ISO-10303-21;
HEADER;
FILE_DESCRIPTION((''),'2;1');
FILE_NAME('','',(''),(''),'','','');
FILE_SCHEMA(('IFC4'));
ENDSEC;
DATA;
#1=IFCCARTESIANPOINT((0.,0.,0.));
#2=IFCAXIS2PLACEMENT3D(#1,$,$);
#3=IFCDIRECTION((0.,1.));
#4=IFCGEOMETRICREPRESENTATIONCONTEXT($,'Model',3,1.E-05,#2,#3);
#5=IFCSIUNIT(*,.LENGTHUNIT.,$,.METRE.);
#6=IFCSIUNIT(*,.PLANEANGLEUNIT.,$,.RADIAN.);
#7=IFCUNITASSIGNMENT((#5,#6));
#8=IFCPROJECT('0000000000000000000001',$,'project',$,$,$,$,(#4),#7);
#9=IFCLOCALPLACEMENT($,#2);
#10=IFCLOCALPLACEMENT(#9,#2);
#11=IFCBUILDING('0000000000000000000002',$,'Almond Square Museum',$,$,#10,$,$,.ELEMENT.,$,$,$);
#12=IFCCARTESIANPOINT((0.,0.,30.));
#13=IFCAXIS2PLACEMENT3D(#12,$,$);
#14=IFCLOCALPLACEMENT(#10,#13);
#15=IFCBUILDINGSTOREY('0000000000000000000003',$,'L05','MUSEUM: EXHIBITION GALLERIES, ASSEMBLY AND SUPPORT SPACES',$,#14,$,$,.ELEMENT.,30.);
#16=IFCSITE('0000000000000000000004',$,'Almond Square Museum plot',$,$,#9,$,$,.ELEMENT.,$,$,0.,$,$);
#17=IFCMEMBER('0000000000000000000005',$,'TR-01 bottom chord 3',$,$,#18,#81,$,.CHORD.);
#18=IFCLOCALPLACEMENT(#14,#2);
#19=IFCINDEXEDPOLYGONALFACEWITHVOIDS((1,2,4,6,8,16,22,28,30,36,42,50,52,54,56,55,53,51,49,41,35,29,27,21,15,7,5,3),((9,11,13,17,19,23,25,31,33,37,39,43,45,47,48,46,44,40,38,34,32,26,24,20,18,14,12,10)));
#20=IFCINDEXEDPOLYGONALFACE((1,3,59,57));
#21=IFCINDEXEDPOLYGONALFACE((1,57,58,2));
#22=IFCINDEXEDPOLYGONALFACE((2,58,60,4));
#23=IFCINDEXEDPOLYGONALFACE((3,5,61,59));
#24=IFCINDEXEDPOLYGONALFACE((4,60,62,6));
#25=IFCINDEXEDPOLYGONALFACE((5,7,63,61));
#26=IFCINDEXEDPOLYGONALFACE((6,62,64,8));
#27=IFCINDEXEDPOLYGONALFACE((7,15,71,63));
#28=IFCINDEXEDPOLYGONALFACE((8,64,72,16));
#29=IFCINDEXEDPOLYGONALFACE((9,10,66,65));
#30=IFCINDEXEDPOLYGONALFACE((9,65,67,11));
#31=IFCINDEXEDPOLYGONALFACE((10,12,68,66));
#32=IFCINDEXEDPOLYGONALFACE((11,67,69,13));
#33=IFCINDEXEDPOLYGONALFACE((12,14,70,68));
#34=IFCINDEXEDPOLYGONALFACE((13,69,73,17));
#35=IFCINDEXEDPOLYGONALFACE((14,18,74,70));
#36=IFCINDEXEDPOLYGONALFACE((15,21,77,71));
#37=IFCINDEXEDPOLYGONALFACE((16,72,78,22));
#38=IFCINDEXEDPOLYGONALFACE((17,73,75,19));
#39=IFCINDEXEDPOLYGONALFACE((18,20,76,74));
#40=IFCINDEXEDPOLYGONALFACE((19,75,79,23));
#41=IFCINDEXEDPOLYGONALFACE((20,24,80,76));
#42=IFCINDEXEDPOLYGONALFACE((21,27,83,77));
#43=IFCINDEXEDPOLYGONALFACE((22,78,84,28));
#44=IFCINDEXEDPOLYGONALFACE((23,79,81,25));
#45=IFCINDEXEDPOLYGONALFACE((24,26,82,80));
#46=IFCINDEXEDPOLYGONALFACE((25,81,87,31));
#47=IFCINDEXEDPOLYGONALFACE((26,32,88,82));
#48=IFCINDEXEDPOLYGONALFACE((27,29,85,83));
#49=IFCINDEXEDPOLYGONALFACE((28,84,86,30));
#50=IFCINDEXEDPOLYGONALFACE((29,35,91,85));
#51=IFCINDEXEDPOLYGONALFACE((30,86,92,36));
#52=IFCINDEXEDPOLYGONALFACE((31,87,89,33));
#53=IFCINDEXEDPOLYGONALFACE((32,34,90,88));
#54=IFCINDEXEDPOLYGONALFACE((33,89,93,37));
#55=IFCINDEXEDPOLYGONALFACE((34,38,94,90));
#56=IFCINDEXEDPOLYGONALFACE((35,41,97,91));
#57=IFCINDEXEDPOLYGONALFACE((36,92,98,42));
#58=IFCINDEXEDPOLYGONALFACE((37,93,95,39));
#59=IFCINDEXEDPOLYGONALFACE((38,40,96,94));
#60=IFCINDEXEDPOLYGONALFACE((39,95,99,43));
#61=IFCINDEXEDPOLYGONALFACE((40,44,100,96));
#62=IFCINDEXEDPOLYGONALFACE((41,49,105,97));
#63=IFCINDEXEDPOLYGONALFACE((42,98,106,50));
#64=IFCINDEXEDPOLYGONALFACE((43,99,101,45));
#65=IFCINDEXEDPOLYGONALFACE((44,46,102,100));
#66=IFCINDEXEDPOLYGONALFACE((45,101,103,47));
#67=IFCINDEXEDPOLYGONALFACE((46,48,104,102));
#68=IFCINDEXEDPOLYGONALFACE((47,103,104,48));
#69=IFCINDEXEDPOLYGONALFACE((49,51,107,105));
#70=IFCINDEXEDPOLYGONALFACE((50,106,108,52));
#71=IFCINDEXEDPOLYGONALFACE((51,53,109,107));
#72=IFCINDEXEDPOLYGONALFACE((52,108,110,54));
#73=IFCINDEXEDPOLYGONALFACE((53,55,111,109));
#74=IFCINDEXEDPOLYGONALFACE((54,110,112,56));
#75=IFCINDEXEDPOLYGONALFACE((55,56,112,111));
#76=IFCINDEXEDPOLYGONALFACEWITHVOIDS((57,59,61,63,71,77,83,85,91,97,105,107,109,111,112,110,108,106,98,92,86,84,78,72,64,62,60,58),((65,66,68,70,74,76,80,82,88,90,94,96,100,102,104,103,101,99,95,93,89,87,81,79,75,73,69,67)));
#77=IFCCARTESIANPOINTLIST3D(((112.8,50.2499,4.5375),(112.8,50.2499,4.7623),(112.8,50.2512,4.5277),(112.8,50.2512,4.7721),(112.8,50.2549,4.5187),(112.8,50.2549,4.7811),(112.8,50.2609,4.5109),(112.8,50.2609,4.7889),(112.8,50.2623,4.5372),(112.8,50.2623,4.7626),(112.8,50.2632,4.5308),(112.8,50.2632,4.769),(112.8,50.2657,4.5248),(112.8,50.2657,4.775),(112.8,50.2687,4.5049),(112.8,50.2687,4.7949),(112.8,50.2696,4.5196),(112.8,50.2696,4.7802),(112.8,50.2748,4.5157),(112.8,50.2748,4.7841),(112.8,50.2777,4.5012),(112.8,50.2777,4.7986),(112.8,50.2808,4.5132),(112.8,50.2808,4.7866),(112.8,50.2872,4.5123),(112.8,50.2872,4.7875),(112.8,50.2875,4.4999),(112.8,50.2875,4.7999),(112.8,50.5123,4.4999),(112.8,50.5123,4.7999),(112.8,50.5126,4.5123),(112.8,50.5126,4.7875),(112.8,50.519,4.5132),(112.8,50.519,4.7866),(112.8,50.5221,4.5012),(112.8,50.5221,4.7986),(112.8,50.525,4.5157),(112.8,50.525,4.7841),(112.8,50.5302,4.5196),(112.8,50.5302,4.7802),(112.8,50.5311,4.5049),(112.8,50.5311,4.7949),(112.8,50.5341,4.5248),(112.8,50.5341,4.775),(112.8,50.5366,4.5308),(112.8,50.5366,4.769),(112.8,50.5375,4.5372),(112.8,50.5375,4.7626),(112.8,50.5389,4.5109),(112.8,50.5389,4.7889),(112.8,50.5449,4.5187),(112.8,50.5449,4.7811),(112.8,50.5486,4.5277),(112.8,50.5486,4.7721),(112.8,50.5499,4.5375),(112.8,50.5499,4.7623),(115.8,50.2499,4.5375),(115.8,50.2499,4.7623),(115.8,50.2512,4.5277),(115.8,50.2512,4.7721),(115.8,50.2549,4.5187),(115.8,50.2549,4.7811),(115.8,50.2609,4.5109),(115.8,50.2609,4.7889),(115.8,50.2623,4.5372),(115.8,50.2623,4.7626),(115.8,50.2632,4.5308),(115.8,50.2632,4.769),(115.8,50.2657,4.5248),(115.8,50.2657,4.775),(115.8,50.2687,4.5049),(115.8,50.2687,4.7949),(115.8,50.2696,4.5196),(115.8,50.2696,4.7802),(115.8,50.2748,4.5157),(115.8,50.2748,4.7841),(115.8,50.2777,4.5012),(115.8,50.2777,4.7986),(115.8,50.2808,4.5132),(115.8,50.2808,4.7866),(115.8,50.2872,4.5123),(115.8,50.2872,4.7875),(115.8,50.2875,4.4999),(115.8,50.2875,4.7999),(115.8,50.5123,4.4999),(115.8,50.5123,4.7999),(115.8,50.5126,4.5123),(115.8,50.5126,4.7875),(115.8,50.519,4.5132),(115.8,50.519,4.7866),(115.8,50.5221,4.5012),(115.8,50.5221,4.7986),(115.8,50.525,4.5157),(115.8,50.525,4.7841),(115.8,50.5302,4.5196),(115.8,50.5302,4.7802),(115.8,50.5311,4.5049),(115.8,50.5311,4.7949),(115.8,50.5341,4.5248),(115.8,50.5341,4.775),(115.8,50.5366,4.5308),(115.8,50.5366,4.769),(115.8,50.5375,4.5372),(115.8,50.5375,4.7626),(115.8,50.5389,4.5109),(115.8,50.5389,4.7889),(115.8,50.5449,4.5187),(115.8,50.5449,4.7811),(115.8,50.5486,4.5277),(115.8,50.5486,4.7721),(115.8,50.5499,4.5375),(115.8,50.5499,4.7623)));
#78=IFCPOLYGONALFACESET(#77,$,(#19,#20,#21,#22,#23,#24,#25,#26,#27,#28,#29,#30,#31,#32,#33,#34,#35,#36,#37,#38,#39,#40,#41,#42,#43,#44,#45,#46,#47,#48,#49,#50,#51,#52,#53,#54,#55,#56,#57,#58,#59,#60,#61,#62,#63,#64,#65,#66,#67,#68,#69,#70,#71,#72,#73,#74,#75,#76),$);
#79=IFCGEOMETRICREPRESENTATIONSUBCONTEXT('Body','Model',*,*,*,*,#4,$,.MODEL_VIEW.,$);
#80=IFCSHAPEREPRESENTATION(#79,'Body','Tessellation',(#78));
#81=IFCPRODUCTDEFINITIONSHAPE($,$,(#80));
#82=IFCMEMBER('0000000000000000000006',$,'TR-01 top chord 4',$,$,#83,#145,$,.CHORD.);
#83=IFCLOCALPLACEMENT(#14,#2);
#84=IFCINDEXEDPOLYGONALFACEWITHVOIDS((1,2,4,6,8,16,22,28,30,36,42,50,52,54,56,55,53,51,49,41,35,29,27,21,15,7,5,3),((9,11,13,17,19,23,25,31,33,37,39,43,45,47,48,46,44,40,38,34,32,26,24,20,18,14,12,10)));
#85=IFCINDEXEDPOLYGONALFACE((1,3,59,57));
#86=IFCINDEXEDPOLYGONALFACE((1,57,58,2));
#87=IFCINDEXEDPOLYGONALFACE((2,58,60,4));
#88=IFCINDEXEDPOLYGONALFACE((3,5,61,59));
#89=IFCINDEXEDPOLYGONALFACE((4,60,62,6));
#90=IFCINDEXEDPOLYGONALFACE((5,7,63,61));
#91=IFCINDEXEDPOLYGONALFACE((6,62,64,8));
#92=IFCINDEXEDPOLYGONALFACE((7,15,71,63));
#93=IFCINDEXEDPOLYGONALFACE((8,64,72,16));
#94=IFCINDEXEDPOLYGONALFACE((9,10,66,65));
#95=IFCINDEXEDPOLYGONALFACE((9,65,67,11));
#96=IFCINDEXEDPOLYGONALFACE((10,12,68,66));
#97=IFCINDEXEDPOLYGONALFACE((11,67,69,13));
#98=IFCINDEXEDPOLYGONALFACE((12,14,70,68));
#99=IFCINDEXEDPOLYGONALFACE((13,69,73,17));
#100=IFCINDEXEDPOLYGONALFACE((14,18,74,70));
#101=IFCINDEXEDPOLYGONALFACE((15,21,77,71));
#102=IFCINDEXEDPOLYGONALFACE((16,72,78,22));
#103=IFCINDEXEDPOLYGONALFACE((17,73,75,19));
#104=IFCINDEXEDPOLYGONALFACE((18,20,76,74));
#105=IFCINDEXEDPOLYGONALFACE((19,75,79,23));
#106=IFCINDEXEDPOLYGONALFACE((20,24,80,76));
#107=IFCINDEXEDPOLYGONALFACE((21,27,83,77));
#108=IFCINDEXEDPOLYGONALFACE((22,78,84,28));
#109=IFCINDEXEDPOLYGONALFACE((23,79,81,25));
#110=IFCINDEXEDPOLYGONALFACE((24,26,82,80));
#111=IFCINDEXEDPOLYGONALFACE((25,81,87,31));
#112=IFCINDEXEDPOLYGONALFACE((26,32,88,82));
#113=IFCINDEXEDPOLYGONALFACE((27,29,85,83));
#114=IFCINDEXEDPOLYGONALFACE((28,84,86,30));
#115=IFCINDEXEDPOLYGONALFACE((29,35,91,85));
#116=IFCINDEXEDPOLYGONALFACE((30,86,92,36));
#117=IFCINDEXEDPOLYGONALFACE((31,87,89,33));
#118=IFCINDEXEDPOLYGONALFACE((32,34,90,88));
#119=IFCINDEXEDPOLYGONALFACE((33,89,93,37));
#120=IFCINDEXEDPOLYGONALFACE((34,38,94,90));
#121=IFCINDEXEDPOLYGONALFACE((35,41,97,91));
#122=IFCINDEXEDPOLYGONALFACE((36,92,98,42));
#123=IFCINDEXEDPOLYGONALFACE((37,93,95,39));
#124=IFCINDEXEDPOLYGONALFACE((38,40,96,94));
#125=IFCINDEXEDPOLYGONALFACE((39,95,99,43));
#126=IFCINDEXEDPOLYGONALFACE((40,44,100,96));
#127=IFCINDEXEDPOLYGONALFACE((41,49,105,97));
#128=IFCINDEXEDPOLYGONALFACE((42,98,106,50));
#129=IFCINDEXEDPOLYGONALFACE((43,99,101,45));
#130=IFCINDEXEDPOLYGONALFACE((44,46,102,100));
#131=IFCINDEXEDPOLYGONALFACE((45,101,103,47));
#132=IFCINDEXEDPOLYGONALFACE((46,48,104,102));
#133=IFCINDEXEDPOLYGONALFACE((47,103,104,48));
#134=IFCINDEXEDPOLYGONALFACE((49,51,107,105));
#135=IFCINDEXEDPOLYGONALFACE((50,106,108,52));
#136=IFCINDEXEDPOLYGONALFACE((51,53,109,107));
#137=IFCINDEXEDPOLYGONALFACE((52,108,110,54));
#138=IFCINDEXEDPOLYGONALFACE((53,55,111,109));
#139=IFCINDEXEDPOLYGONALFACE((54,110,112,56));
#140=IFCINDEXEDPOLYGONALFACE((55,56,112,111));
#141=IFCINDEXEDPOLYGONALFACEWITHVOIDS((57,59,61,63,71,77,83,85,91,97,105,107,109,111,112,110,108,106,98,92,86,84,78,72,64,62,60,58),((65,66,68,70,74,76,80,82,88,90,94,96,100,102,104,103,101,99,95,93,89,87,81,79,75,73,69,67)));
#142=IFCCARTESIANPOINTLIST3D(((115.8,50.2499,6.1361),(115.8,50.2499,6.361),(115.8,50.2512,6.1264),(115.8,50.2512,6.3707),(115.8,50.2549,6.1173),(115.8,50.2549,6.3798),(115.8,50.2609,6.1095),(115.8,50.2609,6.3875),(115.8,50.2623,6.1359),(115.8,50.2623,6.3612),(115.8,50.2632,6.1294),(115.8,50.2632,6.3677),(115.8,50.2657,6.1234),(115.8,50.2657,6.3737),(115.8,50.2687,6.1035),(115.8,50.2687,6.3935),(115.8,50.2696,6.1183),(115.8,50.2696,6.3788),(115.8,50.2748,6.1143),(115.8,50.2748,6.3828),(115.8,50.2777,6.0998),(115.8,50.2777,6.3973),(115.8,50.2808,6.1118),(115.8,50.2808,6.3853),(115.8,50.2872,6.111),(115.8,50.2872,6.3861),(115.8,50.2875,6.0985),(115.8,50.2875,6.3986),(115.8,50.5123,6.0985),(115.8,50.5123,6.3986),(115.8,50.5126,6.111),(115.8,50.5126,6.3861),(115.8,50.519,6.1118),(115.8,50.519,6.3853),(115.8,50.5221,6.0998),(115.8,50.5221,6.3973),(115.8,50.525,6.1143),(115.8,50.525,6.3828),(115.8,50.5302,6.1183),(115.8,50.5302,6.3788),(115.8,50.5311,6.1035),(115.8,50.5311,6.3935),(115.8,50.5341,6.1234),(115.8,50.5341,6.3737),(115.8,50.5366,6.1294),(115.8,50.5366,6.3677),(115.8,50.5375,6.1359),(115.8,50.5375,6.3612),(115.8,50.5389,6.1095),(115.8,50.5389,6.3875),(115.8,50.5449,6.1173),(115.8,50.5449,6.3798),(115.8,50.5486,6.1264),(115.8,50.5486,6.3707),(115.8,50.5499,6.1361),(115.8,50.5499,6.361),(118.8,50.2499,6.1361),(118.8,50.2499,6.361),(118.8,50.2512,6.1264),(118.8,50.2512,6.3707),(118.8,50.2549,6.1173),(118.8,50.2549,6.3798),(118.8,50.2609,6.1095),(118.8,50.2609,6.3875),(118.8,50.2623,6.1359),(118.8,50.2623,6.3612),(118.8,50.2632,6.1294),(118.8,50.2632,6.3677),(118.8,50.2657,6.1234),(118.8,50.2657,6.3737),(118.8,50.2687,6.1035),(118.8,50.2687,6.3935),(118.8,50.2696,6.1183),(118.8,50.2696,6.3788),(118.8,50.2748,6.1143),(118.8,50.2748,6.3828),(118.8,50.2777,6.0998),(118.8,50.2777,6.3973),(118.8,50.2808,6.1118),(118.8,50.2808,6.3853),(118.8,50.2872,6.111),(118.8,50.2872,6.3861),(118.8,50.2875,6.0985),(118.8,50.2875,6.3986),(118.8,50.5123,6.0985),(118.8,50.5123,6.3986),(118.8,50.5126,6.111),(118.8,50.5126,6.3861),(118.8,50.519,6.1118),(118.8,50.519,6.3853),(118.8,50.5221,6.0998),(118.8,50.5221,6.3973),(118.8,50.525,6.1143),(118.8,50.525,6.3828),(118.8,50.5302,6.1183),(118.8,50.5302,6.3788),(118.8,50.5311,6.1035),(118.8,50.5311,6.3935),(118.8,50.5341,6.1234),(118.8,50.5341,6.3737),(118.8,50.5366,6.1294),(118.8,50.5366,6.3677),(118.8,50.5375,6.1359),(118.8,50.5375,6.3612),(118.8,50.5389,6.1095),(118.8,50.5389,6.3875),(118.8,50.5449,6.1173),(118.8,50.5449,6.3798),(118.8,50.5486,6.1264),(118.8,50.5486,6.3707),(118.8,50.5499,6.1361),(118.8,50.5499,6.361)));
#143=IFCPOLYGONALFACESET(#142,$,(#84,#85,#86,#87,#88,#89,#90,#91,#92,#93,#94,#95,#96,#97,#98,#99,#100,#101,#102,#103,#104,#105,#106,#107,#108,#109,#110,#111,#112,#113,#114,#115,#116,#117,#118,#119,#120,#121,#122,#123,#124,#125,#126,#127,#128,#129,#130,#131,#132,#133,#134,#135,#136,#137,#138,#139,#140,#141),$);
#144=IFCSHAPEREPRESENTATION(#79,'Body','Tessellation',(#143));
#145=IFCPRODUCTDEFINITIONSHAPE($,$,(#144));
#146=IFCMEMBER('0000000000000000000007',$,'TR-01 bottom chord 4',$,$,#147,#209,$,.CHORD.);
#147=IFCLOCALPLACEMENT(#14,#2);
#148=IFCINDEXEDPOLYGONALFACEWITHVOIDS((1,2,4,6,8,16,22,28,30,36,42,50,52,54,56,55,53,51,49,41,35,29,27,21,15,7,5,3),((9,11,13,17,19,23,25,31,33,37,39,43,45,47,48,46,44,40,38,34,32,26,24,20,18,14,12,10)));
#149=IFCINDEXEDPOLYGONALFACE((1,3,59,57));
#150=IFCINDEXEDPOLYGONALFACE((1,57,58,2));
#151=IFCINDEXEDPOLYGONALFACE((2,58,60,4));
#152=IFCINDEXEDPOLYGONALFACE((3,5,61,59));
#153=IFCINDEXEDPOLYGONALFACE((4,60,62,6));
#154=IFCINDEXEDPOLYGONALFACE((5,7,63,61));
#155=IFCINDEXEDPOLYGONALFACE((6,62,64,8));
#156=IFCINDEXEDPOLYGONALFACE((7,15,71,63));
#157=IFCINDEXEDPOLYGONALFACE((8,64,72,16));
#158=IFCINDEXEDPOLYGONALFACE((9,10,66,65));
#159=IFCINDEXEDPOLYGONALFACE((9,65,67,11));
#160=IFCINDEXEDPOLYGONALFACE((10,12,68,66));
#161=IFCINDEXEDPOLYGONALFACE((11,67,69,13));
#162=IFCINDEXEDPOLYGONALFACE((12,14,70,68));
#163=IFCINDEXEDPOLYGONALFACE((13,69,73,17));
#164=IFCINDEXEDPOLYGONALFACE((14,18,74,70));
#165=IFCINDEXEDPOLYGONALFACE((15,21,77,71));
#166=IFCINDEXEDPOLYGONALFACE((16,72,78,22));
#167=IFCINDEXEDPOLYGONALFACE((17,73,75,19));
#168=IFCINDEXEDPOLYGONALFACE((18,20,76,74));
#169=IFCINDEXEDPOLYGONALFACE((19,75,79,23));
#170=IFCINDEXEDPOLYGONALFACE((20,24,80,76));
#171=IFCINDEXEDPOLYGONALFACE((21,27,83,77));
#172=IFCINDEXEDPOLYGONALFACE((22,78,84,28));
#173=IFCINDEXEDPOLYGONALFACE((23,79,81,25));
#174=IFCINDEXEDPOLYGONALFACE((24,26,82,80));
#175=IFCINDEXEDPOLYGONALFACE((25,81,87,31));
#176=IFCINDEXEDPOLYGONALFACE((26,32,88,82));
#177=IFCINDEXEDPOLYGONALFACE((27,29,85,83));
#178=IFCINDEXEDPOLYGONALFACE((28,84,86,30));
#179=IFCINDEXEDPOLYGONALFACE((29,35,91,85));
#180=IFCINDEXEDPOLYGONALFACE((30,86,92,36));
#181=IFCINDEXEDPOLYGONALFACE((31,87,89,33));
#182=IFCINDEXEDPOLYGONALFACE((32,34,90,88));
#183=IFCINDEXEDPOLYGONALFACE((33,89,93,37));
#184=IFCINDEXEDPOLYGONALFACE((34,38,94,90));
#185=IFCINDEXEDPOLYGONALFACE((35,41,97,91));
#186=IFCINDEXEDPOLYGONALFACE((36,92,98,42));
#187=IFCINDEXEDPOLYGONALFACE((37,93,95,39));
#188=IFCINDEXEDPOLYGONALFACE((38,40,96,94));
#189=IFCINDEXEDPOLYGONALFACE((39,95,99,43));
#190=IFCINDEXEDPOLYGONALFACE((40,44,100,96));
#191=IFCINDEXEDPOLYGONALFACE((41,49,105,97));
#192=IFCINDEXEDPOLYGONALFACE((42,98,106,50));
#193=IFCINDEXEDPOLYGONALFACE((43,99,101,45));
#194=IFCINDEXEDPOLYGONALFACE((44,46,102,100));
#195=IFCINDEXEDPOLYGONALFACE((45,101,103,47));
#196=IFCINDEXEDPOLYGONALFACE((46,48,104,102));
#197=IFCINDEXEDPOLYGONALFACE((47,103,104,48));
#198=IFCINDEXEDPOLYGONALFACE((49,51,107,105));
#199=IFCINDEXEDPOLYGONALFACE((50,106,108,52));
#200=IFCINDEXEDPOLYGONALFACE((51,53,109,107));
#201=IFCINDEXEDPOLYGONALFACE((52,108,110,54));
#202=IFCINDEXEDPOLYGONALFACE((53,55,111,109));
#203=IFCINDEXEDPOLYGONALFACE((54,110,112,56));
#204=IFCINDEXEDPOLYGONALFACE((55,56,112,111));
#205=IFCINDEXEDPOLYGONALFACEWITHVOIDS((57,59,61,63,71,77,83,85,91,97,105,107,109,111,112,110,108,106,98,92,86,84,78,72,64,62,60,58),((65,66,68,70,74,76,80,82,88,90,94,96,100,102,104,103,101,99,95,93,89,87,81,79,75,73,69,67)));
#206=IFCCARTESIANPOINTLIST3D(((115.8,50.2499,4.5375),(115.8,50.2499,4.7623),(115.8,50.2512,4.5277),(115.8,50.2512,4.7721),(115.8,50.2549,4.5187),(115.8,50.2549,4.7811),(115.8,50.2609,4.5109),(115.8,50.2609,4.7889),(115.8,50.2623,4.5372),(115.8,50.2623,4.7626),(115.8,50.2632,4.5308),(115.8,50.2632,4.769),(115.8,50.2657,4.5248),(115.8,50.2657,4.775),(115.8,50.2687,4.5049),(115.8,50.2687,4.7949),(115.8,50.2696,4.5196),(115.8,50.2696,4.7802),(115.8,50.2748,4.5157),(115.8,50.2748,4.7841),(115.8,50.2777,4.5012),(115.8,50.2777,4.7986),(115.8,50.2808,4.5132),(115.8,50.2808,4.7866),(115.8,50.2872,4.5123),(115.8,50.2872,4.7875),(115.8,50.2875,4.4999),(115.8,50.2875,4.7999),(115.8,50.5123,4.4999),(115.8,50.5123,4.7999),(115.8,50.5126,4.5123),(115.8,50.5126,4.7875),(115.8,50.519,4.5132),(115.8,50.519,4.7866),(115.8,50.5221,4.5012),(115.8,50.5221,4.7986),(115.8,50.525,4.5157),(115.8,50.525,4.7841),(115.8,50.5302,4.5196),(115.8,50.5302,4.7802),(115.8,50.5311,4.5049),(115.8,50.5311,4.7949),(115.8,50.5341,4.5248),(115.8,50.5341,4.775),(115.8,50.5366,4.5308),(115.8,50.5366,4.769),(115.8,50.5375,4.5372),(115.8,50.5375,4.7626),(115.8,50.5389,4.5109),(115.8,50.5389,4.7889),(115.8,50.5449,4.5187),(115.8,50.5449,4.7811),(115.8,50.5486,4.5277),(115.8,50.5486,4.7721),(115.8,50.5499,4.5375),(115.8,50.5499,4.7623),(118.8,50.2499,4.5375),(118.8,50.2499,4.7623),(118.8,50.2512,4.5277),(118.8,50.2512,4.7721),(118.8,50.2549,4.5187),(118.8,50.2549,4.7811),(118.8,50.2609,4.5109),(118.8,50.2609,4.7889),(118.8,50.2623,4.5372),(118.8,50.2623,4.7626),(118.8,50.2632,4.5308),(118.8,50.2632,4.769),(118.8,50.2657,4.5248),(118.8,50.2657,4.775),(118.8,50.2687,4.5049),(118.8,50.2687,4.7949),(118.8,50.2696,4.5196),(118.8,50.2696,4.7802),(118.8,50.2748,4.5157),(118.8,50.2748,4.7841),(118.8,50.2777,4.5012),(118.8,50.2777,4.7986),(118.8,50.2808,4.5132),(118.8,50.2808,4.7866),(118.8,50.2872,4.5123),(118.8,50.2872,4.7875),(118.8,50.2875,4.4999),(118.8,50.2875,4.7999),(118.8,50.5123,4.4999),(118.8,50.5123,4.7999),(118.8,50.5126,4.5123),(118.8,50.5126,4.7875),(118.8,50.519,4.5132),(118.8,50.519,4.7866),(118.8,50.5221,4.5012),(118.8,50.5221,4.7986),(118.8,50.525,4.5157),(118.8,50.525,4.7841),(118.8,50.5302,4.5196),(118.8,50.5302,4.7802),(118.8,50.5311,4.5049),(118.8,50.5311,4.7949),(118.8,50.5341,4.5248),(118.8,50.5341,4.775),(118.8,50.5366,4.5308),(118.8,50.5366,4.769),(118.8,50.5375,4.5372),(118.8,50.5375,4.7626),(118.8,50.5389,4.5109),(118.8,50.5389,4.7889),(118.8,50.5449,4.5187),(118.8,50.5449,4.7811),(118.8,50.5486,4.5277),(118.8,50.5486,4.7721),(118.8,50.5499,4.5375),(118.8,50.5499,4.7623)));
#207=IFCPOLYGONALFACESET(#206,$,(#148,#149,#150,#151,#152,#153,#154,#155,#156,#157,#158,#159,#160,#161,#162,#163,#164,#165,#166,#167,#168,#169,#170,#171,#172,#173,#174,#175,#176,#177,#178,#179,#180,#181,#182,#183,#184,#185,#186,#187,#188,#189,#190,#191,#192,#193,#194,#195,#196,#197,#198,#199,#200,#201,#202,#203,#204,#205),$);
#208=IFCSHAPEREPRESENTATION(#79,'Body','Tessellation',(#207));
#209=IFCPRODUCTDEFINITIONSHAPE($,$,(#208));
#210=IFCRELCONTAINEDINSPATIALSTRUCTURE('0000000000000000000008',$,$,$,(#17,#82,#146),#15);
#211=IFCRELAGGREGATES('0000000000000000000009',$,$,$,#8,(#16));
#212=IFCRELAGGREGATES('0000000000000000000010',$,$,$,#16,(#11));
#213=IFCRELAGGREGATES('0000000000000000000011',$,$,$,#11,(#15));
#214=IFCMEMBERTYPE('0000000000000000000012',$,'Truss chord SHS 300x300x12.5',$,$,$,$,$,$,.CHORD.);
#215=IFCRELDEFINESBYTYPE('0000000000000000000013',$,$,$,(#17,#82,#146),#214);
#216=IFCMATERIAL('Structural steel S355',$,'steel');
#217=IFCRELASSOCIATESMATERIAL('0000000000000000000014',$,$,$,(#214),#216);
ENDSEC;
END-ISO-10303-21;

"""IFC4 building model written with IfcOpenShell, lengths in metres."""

from ifc_helpers import new_model, si_unit, direction, frame, origin, origin_2d, place, context, subcontext, project, spatial, hollow_rectangle, extrude, material, material_profile, profile_set, type_object, element, save


model = new_model("IFC4")

# Units and contexts
model_context = context("Model", 3, precision=1e-05, world=origin(), true_north=direction((0.0, 1.0)))
body_context = subcontext(model_context, "Body", "Model", "MODEL_VIEW")
ifc_project = project(units=[si_unit("LENGTHUNIT", "METRE"), si_unit("PLANEANGLEUNIT", "RADIAN")], contexts=[model_context])

# Site, building, storey
site_placement = place(None, origin())
site = spatial("IfcSite", under=ifc_project, at=site_placement, Name="Almond Square Museum plot", CompositionType="ELEMENT", RefElevation=0.0)
building_placement = place(site_placement, origin())
building = spatial("IfcBuilding", under=site, at=building_placement, Name="Almond Square Museum", CompositionType="ELEMENT")
storey_placement = place(building_placement, frame((0.0, 0.0, 30.0)))
storey = spatial("IfcBuildingStorey", under=building, at=storey_placement, Name="L05", Description="MUSEUM: EXHIBITION GALLERIES, ASSEMBLY AND SUPPORT SPACES", CompositionType="ELEMENT", Elevation=30.0)

# Members
ifc_material_1 = material(Name="Structural steel S355", Category="steel")
ifc_material_profile_1 = material_profile(ifc_material_1, hollow_rectangle(XDim=0.3, YDim=0.3, WallThickness=0.0125, InnerFilletRadius=0.0249, OuterFilletRadius=0.0376, at=origin_2d()))
ifc_profile_set_1 = profile_set([ifc_material_profile_1], Name="Structural steel S355")
member_type_1 = type_object("IfcMemberType", Name="Truss chord SHS 300x300x12.5", PredefinedType="CHORD", material=ifc_profile_set_1)
for number, where, z_axis, x_axis, name in (
    (1, (112.8, 50.3999, 4.6499), (1.0, 0.0, 0.0), (0.0, 1.0, 0.0), "TR-01 bottom chord 3"),
    (2, (115.8, 50.3999, 6.2485), (1.0, 0.0, 0.0), (0.0, 1.0, 0.0), "TR-01 top chord 4"),
    (3, (115.8, 50.3999, 4.6499), (1.0, 0.0, 0.0), (0.0, 1.0, 0.0), "TR-01 bottom chord 4"),
):
    element("IfcMember", number, at=place(storey_placement, frame(where, z_axis=z_axis, x_axis=x_axis)), inside=storey, type_object=member_type_1, Name=name, PredefinedType="CHORD", context=body_context, shape_type="SweptSolid", body=[
        extrude(hollow_rectangle(XDim=0.3, YDim=0.3, WallThickness=0.0125, InnerFilletRadius=0.0249, OuterFilletRadius=0.0376, at=origin_2d()), origin(), (0.0, 0.0, 1.0), 3.0),
    ])

save(model, "model.ifc")
